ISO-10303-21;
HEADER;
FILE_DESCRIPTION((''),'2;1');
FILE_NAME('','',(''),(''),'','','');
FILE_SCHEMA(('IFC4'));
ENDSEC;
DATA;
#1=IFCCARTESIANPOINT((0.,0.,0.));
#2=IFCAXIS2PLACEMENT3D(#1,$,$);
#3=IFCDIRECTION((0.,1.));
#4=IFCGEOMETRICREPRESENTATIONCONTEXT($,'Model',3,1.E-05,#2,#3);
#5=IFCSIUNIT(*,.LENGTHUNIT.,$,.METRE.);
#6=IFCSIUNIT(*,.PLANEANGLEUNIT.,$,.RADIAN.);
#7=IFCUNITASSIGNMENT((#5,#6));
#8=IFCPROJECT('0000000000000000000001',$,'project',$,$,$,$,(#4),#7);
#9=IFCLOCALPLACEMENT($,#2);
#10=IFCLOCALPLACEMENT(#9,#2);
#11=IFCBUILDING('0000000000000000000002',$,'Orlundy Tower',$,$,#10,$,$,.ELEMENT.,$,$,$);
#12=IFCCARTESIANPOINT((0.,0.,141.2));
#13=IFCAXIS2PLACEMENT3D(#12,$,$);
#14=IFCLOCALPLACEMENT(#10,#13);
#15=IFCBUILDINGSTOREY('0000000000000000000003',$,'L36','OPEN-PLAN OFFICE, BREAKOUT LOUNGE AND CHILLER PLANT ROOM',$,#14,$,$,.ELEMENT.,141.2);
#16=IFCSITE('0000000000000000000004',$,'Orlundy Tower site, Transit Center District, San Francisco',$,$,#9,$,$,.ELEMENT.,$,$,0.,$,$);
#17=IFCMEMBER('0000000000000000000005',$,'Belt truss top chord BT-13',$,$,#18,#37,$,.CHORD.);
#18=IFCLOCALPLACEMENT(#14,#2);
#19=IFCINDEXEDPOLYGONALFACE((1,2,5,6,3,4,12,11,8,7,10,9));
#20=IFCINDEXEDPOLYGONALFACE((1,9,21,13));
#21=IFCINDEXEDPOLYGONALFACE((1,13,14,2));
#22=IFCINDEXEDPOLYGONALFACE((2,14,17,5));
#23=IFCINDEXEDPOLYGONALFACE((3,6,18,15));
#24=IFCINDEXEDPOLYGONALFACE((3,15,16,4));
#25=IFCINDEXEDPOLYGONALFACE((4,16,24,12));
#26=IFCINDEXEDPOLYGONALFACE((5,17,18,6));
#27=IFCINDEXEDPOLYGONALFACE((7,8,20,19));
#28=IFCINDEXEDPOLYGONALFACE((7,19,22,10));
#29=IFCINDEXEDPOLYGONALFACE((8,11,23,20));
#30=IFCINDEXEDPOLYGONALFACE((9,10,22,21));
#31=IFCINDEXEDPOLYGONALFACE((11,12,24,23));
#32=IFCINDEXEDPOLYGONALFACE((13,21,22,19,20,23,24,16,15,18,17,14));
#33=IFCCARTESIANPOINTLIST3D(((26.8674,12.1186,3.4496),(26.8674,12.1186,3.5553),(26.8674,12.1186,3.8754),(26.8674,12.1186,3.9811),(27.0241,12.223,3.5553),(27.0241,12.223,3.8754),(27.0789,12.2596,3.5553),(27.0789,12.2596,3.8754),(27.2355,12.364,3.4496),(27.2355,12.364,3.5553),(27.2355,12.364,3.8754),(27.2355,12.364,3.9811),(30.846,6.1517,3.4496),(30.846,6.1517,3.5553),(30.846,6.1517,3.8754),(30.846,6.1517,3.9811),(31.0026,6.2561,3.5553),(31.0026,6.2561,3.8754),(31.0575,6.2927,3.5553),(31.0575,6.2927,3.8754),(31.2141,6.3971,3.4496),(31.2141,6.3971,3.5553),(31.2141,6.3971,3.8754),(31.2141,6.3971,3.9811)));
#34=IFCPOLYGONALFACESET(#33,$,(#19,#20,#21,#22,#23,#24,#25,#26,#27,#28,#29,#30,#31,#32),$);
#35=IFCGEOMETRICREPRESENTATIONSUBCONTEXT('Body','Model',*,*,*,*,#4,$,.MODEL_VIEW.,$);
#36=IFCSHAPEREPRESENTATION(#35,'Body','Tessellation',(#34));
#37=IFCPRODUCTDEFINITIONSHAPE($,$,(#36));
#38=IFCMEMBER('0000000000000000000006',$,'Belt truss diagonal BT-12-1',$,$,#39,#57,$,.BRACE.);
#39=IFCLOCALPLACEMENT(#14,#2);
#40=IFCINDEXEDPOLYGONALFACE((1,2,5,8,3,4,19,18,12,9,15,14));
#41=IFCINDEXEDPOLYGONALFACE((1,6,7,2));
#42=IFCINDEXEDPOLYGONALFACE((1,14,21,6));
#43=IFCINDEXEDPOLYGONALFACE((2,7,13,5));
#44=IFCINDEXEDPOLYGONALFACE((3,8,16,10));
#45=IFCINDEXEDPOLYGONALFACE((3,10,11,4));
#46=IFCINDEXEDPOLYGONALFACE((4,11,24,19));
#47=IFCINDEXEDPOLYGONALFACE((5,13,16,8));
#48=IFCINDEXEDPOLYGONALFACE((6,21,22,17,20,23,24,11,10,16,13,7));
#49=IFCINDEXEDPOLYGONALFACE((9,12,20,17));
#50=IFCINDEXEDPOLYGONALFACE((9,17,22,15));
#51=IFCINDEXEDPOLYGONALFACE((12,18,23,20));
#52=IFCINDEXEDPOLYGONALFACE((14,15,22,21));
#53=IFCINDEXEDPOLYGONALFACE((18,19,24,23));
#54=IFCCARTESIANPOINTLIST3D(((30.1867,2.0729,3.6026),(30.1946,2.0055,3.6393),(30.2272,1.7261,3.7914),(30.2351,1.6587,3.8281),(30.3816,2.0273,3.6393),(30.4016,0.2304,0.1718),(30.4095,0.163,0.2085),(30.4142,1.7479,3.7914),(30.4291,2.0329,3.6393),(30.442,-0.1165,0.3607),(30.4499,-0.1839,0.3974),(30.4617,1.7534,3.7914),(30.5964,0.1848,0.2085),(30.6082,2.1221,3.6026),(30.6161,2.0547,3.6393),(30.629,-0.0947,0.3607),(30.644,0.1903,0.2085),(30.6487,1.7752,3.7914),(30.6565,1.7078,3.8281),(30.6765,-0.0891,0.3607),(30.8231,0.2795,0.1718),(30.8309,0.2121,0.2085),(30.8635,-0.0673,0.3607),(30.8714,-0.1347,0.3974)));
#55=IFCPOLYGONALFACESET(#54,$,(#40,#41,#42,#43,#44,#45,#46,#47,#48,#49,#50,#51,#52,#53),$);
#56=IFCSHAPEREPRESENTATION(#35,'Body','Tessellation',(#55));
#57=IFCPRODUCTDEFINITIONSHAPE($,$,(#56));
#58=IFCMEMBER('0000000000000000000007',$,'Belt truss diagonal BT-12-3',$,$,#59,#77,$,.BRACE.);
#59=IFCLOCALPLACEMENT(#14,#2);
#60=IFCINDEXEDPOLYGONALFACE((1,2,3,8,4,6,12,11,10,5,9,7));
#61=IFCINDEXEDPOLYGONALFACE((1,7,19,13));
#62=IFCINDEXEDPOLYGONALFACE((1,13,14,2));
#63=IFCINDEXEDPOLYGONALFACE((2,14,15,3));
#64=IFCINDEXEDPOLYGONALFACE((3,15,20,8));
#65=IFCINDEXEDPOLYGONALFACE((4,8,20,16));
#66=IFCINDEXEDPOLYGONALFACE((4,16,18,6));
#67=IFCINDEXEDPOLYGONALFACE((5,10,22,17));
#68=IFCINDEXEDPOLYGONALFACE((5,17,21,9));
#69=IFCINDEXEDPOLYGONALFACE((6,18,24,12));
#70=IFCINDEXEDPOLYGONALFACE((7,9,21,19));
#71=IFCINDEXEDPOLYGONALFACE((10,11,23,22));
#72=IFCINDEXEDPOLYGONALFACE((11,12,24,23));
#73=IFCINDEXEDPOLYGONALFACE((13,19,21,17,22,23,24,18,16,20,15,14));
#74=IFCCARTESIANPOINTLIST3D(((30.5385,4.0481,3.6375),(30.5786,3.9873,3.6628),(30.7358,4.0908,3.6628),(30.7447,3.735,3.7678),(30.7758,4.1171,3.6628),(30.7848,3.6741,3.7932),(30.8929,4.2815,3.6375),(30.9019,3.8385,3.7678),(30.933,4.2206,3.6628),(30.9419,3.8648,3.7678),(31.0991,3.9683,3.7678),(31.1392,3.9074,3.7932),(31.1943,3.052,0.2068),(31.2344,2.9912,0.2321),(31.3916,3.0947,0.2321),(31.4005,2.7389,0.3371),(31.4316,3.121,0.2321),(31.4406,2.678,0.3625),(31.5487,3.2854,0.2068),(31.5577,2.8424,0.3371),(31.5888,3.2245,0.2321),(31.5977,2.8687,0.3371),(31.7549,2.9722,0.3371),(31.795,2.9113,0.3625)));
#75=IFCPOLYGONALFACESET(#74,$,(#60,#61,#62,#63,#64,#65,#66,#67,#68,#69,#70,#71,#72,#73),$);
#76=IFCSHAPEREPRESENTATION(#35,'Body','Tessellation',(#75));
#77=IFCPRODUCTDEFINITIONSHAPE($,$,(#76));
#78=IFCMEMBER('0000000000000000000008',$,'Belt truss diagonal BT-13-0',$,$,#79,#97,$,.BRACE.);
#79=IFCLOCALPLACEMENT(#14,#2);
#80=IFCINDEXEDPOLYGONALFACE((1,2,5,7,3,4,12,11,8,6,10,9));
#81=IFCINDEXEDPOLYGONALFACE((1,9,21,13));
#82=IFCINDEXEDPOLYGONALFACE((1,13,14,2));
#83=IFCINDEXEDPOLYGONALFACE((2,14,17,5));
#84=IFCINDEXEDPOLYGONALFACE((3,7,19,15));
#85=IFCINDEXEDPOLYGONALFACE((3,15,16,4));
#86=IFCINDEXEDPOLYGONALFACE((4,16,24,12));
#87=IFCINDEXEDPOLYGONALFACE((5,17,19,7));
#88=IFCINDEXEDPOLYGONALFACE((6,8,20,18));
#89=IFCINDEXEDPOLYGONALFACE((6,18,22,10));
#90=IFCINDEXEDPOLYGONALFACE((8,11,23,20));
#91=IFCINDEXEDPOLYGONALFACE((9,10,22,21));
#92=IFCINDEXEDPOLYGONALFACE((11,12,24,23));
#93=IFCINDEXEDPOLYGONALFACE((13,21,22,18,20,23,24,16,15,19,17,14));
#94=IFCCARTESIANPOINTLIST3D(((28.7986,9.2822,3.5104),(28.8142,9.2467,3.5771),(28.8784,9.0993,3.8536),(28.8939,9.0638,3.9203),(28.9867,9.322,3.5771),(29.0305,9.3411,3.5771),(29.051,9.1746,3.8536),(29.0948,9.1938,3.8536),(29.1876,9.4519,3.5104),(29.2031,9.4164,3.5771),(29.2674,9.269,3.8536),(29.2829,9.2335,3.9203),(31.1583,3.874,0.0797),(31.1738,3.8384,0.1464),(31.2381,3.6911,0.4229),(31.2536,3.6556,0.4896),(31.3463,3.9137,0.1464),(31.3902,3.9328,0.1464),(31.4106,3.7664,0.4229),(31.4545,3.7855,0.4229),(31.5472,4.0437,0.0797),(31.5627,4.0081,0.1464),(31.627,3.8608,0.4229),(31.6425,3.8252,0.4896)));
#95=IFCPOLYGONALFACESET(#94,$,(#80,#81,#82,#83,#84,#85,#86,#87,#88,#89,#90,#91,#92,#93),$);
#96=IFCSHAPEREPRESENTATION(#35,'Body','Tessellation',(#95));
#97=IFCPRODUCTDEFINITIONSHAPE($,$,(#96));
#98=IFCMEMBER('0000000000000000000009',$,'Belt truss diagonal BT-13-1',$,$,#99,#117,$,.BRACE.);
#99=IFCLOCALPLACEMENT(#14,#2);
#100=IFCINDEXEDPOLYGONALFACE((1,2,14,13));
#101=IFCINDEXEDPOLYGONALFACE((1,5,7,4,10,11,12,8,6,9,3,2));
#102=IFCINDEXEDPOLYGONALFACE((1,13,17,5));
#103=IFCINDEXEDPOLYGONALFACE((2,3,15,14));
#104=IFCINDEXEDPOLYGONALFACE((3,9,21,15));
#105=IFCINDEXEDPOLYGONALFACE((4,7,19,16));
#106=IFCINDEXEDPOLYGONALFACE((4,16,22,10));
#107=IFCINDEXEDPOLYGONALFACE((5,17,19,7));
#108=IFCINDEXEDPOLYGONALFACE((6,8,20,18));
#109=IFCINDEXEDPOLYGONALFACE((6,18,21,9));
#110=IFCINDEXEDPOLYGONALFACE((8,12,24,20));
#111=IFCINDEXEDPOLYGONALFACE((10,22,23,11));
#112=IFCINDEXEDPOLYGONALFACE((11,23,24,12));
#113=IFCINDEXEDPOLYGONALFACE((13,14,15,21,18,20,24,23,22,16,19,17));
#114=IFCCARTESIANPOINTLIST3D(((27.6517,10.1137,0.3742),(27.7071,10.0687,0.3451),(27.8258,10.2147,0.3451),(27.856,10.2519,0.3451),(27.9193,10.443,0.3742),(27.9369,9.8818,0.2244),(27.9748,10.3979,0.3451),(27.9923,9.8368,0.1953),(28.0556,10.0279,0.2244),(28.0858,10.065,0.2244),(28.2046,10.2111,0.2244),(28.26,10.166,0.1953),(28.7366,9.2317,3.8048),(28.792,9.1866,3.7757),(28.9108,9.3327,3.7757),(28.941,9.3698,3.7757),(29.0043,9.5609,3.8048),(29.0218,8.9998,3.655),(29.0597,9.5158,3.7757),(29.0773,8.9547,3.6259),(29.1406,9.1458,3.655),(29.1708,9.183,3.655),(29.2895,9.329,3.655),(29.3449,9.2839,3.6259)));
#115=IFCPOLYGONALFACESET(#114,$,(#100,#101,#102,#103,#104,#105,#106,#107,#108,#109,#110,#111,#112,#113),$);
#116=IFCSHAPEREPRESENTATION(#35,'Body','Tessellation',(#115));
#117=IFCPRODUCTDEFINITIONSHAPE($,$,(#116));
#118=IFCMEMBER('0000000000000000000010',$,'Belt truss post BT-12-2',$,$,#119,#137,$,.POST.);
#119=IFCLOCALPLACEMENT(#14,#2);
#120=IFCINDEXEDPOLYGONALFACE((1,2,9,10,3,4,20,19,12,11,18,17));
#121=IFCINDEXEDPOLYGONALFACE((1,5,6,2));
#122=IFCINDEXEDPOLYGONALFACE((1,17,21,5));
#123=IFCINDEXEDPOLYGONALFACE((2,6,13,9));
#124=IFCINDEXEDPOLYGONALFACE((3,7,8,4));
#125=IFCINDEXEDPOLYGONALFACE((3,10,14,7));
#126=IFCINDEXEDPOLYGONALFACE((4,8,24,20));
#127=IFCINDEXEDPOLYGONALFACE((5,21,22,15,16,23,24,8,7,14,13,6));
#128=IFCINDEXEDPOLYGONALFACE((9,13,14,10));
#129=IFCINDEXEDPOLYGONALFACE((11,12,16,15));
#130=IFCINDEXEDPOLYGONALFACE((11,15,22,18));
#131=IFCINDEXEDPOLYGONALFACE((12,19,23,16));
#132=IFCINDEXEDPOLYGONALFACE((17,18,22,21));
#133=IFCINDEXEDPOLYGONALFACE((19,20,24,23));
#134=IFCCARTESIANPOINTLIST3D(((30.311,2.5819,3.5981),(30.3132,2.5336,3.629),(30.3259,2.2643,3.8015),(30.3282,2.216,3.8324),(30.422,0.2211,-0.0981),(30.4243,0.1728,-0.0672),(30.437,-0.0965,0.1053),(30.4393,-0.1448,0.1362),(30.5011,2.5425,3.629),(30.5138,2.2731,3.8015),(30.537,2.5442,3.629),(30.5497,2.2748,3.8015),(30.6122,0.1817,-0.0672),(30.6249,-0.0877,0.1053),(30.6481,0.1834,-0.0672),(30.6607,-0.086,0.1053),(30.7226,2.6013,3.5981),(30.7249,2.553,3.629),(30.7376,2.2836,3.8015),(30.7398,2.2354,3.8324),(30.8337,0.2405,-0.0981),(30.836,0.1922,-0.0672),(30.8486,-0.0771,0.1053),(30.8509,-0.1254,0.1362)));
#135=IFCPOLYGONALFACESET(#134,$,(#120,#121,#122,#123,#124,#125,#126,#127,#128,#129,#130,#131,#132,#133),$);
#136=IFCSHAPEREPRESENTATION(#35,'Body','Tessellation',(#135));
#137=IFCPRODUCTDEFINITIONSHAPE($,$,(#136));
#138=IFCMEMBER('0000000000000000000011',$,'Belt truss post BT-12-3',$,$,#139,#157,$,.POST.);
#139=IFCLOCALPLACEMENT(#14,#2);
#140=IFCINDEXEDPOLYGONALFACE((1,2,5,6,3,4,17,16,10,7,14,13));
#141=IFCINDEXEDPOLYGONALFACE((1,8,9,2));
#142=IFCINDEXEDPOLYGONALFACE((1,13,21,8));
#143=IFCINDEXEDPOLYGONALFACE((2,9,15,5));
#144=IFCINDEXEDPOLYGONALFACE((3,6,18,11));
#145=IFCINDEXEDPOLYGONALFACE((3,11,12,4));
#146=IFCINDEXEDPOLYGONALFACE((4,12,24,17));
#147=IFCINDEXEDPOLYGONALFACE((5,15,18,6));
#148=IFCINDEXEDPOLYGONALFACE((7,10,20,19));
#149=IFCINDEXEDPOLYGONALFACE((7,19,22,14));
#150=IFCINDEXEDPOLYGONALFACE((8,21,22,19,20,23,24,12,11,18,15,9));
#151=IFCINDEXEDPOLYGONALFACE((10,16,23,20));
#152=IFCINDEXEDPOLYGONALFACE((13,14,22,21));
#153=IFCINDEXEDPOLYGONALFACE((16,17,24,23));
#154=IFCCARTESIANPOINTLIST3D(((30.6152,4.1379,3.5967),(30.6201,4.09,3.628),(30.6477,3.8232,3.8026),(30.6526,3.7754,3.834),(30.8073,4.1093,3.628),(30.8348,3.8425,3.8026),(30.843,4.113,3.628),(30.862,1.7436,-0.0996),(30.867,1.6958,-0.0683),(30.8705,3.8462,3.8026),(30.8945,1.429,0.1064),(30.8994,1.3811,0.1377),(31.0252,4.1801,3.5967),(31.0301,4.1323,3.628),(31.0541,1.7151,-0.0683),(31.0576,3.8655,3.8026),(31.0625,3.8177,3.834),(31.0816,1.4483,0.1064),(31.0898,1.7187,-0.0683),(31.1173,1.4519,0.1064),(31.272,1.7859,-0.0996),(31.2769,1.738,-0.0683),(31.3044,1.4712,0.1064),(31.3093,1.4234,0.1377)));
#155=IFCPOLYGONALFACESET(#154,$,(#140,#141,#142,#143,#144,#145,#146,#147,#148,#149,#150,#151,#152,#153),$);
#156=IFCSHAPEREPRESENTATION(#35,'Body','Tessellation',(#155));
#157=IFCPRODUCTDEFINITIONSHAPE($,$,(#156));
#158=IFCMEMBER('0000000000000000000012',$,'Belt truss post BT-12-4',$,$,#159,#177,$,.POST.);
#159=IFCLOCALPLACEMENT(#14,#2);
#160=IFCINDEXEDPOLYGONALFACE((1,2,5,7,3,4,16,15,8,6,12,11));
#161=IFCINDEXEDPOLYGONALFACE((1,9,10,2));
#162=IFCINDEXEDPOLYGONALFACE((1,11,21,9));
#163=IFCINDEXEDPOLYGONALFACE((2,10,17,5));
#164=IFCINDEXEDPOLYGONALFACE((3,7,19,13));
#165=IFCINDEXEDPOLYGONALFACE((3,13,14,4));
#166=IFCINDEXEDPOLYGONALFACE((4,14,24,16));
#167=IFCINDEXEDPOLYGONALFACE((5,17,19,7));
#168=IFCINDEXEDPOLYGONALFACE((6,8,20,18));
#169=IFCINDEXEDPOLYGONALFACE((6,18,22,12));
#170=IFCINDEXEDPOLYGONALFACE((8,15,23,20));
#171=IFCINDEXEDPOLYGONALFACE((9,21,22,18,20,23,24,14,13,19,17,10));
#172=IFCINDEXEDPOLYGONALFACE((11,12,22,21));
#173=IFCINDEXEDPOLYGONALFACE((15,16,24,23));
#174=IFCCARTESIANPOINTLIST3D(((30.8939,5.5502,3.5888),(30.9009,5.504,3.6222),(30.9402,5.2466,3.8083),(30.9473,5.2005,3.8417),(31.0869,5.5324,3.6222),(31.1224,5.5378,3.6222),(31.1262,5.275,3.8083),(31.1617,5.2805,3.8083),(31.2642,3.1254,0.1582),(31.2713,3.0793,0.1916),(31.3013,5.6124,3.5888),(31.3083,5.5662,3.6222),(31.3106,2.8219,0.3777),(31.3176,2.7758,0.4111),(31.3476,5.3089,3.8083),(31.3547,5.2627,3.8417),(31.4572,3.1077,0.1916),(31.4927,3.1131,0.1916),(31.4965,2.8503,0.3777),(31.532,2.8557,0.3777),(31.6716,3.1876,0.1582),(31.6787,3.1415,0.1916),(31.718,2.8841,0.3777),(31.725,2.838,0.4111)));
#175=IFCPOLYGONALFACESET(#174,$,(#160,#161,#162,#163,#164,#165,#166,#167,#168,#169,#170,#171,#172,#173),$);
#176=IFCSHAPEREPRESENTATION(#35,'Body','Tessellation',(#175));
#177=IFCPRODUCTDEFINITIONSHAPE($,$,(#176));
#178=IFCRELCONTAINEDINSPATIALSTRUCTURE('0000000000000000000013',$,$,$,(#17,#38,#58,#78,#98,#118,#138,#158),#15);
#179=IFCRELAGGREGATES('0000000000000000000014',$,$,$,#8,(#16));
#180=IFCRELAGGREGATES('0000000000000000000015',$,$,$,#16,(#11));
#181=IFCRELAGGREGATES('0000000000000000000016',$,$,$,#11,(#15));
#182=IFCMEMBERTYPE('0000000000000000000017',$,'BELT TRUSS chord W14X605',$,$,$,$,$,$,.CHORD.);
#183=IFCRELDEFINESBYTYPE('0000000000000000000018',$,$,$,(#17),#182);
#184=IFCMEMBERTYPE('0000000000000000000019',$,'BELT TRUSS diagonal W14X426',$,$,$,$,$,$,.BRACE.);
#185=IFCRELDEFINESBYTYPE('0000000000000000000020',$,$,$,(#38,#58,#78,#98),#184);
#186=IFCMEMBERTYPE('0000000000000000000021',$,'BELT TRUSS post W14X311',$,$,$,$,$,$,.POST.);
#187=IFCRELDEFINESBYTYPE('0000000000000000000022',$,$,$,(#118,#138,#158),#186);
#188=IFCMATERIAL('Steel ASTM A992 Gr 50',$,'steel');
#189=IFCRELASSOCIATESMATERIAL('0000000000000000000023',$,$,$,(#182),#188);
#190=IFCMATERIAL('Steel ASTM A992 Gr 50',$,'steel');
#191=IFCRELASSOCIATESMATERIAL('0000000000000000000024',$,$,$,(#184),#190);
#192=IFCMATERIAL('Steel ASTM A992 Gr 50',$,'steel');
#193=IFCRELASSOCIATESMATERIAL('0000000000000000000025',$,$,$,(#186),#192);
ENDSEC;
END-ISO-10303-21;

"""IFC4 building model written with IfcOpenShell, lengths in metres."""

from ifc_helpers import new_model, si_unit, direction, frame, origin, origin_2d, place, context, subcontext, project, spatial, i_section, extrude, material, material_profile, profile_set, type_object, element, save


model = new_model("IFC4")

# Units and contexts
model_context = context("Model", 3, precision=1e-05, world=origin(), true_north=direction((0.0, 1.0)))
body_context = subcontext(model_context, "Body", "Model", "MODEL_VIEW")
ifc_project = project(units=[si_unit("LENGTHUNIT", "METRE"), si_unit("PLANEANGLEUNIT", "RADIAN")], contexts=[model_context])

# Site, building, storey
site_placement = place(None, origin())
site = spatial("IfcSite", under=ifc_project, at=site_placement, Name="Orlundy Tower site, Transit Center District, San Francisco", CompositionType="ELEMENT", RefElevation=0.0)
building_placement = place(site_placement, origin())
building = spatial("IfcBuilding", under=site, at=building_placement, Name="Orlundy Tower", CompositionType="ELEMENT")
storey_placement = place(building_placement, frame((0.0, 0.0, 141.2)))
storey = spatial("IfcBuildingStorey", under=building, at=storey_placement, Name="L36", Description="OPEN-PLAN OFFICE, BREAKOUT LOUNGE AND CHILLER PLANT ROOM", CompositionType="ELEMENT", Elevation=141.2)

# Members
ifc_material_1 = material(Name="Steel ASTM A992 Gr 50", Category="steel")
ifc_material_profile_1 = material_profile(ifc_material_1, i_section(OverallWidth=0.4424, OverallDepth=0.5315, WebThickness=0.0659, FlangeThickness=0.1057, at=origin_2d()), Name="W14X605")
ifc_profile_set_1 = profile_set([ifc_material_profile_1], Name="Steel ASTM A992 Gr 50")
member_type_1 = type_object("IfcMemberType", Name="BELT TRUSS chord W14X605", PredefinedType="CHORD", material=ifc_profile_set_1)
for number, where, z_axis, x_axis, name in (
    (1, (31.03, 6.2744, 3.7153), (-0.554763, 0.832008, 0.0), (-0.832008, -0.554763, 0.0), "Belt truss top chord BT-13"),
):
    element("IfcMember", number, at=place(storey_placement, frame(where, z_axis=z_axis, x_axis=x_axis)), inside=storey, type_object=member_type_1, Name=name, PredefinedType="CHORD", context=body_context, shape_type="SweptSolid", body=[
        extrude(i_section(OverallWidth=0.4424, OverallDepth=0.5315, WebThickness=0.0659, FlangeThickness=0.1057, at=origin_2d()), origin(), (0.0, 0.0, 1.0), 7.1716),
    ])
ifc_material_2 = material(Name="Steel ASTM A992 Gr 50", Category="steel")
ifc_material_profile_2 = material_profile(ifc_material_2, i_section(OverallWidth=0.4243, OverallDepth=0.4741, WebThickness=0.0479, FlangeThickness=0.0771, at=origin_2d()), Name="W14X426")
ifc_profile_set_2 = profile_set([ifc_material_profile_2], Name="Steel ASTM A992 Gr 50")
member_type_2 = type_object("IfcMemberType", Name="BELT TRUSS diagonal W14X426", PredefinedType="BRACE", material=ifc_profile_set_2)
member_1_placement = place(storey_placement, frame((30.4216, 1.8904, 3.7153), z_axis=(0.055087, -0.472435, -0.879642), x_axis=(0.99327, 0.115818, 0.0)))
element("IfcMember", 2, at=member_1_placement, inside=storey, type_object=member_type_2, Name="Belt truss diagonal BT-12-1", PredefinedType="BRACE", context=body_context, shape_type="SweptSolid", body=[
    extrude(i_section(OverallWidth=0.4243, OverallDepth=0.4741, WebThickness=0.0479, FlangeThickness=0.0771, at=origin_2d()), origin(), (0.0, 0.0, 1.0), 3.9001),
])
member_2_placement = place(storey_placement, frame((30.8389, 3.9778, 3.7153), z_axis=(0.180549, -0.274252, -0.944557), x_axis=(0.835249, 0.549872, 0.0)))
element("IfcMember", 3, at=member_2_placement, inside=storey, type_object=member_type_2, Name="Belt truss diagonal BT-12-3", PredefinedType="BRACE", context=body_context, shape_type="SweptSolid", body=[
    extrude(i_section(OverallWidth=0.4243, OverallDepth=0.4741, WebThickness=0.0479, FlangeThickness=0.0771, at=origin_2d()), origin(), (0.0, 0.0, 1.0), 3.6321),
])
member_3_placement = place(storey_placement, frame((31.4004, 3.8496, 0.2847), z_axis=(-0.345712, 0.792366, 0.502633), x_axis=(-0.91656, -0.399898, 0.0)))
element("IfcMember", 4, at=member_3_placement, inside=storey, type_object=member_type_2, Name="Belt truss diagonal BT-13-0", PredefinedType="BRACE", context=body_context, shape_type="SweptSolid", body=[
    extrude(i_section(OverallWidth=0.4243, OverallDepth=0.4741, WebThickness=0.0479, FlangeThickness=0.0771, at=origin_2d()), origin(), (0.0, 0.0, 1.0), 6.8254),
])
member_4_placement = place(storey_placement, frame((29.0408, 9.2578, 3.7153), z_axis=(-0.292862, 0.238099, -0.926035), x_axis=(-0.630829, -0.775922, 0.0)))
element("IfcMember", 5, at=member_4_placement, inside=storey, type_object=member_type_2, Name="Belt truss diagonal BT-13-1", PredefinedType="BRACE", context=body_context, shape_type="SweptSolid", body=[
    extrude(i_section(OverallWidth=0.4243, OverallDepth=0.4741, WebThickness=0.0479, FlangeThickness=0.0771, at=origin_2d()), origin(), (0.0, 0.0, 1.0), 3.7046),
])
ifc_material_3 = material(Name="Steel ASTM A992 Gr 50", Category="steel")
ifc_material_profile_3 = material_profile(ifc_material_3, i_section(OverallWidth=0.4121, OverallDepth=0.4348, WebThickness=0.0359, FlangeThickness=0.0574, at=origin_2d()), Name="W14X311")
ifc_profile_set_3 = profile_set([ifc_material_profile_3], Name="Steel ASTM A992 Gr 50")
member_type_3 = type_object("IfcMemberType", Name="BELT TRUSS post W14X311", PredefinedType="POST", material=ifc_profile_set_3)
member_5_placement = place(storey_placement, frame((30.6365, 0.0479, 0.019), z_axis=(-0.025319, 0.538107, 0.842496), x_axis=(-0.998895, -0.047001, 0.0)))
element("IfcMember", 6, at=member_5_placement, inside=storey, type_object=member_type_3, Name="Belt truss post BT-12-2", PredefinedType="POST", context=body_context, shape_type="SweptSolid", body=[
    extrude(i_section(OverallWidth=0.4121, OverallDepth=0.4348, WebThickness=0.0359, FlangeThickness=0.0574, at=origin_2d()), origin(), (0.0, 0.0, 1.0), 4.3872),
])
member_6_placement = place(storey_placement, frame((31.0857, 1.5835, 0.019), z_axis=(-0.055958, 0.542811, 0.837989), x_axis=(-0.994728, -0.102546, 0.0)))
element("IfcMember", 7, at=member_6_placement, inside=storey, type_object=member_type_3, Name="Belt truss post BT-12-3", PredefinedType="POST", context=body_context, shape_type="SweptSolid", body=[
    extrude(i_section(OverallWidth=0.4121, OverallDepth=0.4348, WebThickness=0.0359, FlangeThickness=0.0574, at=origin_2d()), origin(), (0.0, 0.0, 1.0), 4.4109),
])
for number, where, z_axis, x_axis, name in (
    (8, (31.4946, 2.9817, 0.2847), (-0.087818, 0.574955, 0.813458), (-0.988536, -0.150988, 0.0), "Belt truss post BT-12-4"),
):
    element("IfcMember", number, at=place(storey_placement, frame(where, z_axis=z_axis, x_axis=x_axis)), inside=storey, type_object=member_type_3, Name=name, PredefinedType="POST", context=body_context, shape_type="SweptSolid", body=[
        extrude(i_section(OverallWidth=0.4121, OverallDepth=0.4348, WebThickness=0.0359, FlangeThickness=0.0574, at=origin_2d()), origin(), (0.0, 0.0, 1.0), 4.2173),
    ])

save(model, "model.ifc")
